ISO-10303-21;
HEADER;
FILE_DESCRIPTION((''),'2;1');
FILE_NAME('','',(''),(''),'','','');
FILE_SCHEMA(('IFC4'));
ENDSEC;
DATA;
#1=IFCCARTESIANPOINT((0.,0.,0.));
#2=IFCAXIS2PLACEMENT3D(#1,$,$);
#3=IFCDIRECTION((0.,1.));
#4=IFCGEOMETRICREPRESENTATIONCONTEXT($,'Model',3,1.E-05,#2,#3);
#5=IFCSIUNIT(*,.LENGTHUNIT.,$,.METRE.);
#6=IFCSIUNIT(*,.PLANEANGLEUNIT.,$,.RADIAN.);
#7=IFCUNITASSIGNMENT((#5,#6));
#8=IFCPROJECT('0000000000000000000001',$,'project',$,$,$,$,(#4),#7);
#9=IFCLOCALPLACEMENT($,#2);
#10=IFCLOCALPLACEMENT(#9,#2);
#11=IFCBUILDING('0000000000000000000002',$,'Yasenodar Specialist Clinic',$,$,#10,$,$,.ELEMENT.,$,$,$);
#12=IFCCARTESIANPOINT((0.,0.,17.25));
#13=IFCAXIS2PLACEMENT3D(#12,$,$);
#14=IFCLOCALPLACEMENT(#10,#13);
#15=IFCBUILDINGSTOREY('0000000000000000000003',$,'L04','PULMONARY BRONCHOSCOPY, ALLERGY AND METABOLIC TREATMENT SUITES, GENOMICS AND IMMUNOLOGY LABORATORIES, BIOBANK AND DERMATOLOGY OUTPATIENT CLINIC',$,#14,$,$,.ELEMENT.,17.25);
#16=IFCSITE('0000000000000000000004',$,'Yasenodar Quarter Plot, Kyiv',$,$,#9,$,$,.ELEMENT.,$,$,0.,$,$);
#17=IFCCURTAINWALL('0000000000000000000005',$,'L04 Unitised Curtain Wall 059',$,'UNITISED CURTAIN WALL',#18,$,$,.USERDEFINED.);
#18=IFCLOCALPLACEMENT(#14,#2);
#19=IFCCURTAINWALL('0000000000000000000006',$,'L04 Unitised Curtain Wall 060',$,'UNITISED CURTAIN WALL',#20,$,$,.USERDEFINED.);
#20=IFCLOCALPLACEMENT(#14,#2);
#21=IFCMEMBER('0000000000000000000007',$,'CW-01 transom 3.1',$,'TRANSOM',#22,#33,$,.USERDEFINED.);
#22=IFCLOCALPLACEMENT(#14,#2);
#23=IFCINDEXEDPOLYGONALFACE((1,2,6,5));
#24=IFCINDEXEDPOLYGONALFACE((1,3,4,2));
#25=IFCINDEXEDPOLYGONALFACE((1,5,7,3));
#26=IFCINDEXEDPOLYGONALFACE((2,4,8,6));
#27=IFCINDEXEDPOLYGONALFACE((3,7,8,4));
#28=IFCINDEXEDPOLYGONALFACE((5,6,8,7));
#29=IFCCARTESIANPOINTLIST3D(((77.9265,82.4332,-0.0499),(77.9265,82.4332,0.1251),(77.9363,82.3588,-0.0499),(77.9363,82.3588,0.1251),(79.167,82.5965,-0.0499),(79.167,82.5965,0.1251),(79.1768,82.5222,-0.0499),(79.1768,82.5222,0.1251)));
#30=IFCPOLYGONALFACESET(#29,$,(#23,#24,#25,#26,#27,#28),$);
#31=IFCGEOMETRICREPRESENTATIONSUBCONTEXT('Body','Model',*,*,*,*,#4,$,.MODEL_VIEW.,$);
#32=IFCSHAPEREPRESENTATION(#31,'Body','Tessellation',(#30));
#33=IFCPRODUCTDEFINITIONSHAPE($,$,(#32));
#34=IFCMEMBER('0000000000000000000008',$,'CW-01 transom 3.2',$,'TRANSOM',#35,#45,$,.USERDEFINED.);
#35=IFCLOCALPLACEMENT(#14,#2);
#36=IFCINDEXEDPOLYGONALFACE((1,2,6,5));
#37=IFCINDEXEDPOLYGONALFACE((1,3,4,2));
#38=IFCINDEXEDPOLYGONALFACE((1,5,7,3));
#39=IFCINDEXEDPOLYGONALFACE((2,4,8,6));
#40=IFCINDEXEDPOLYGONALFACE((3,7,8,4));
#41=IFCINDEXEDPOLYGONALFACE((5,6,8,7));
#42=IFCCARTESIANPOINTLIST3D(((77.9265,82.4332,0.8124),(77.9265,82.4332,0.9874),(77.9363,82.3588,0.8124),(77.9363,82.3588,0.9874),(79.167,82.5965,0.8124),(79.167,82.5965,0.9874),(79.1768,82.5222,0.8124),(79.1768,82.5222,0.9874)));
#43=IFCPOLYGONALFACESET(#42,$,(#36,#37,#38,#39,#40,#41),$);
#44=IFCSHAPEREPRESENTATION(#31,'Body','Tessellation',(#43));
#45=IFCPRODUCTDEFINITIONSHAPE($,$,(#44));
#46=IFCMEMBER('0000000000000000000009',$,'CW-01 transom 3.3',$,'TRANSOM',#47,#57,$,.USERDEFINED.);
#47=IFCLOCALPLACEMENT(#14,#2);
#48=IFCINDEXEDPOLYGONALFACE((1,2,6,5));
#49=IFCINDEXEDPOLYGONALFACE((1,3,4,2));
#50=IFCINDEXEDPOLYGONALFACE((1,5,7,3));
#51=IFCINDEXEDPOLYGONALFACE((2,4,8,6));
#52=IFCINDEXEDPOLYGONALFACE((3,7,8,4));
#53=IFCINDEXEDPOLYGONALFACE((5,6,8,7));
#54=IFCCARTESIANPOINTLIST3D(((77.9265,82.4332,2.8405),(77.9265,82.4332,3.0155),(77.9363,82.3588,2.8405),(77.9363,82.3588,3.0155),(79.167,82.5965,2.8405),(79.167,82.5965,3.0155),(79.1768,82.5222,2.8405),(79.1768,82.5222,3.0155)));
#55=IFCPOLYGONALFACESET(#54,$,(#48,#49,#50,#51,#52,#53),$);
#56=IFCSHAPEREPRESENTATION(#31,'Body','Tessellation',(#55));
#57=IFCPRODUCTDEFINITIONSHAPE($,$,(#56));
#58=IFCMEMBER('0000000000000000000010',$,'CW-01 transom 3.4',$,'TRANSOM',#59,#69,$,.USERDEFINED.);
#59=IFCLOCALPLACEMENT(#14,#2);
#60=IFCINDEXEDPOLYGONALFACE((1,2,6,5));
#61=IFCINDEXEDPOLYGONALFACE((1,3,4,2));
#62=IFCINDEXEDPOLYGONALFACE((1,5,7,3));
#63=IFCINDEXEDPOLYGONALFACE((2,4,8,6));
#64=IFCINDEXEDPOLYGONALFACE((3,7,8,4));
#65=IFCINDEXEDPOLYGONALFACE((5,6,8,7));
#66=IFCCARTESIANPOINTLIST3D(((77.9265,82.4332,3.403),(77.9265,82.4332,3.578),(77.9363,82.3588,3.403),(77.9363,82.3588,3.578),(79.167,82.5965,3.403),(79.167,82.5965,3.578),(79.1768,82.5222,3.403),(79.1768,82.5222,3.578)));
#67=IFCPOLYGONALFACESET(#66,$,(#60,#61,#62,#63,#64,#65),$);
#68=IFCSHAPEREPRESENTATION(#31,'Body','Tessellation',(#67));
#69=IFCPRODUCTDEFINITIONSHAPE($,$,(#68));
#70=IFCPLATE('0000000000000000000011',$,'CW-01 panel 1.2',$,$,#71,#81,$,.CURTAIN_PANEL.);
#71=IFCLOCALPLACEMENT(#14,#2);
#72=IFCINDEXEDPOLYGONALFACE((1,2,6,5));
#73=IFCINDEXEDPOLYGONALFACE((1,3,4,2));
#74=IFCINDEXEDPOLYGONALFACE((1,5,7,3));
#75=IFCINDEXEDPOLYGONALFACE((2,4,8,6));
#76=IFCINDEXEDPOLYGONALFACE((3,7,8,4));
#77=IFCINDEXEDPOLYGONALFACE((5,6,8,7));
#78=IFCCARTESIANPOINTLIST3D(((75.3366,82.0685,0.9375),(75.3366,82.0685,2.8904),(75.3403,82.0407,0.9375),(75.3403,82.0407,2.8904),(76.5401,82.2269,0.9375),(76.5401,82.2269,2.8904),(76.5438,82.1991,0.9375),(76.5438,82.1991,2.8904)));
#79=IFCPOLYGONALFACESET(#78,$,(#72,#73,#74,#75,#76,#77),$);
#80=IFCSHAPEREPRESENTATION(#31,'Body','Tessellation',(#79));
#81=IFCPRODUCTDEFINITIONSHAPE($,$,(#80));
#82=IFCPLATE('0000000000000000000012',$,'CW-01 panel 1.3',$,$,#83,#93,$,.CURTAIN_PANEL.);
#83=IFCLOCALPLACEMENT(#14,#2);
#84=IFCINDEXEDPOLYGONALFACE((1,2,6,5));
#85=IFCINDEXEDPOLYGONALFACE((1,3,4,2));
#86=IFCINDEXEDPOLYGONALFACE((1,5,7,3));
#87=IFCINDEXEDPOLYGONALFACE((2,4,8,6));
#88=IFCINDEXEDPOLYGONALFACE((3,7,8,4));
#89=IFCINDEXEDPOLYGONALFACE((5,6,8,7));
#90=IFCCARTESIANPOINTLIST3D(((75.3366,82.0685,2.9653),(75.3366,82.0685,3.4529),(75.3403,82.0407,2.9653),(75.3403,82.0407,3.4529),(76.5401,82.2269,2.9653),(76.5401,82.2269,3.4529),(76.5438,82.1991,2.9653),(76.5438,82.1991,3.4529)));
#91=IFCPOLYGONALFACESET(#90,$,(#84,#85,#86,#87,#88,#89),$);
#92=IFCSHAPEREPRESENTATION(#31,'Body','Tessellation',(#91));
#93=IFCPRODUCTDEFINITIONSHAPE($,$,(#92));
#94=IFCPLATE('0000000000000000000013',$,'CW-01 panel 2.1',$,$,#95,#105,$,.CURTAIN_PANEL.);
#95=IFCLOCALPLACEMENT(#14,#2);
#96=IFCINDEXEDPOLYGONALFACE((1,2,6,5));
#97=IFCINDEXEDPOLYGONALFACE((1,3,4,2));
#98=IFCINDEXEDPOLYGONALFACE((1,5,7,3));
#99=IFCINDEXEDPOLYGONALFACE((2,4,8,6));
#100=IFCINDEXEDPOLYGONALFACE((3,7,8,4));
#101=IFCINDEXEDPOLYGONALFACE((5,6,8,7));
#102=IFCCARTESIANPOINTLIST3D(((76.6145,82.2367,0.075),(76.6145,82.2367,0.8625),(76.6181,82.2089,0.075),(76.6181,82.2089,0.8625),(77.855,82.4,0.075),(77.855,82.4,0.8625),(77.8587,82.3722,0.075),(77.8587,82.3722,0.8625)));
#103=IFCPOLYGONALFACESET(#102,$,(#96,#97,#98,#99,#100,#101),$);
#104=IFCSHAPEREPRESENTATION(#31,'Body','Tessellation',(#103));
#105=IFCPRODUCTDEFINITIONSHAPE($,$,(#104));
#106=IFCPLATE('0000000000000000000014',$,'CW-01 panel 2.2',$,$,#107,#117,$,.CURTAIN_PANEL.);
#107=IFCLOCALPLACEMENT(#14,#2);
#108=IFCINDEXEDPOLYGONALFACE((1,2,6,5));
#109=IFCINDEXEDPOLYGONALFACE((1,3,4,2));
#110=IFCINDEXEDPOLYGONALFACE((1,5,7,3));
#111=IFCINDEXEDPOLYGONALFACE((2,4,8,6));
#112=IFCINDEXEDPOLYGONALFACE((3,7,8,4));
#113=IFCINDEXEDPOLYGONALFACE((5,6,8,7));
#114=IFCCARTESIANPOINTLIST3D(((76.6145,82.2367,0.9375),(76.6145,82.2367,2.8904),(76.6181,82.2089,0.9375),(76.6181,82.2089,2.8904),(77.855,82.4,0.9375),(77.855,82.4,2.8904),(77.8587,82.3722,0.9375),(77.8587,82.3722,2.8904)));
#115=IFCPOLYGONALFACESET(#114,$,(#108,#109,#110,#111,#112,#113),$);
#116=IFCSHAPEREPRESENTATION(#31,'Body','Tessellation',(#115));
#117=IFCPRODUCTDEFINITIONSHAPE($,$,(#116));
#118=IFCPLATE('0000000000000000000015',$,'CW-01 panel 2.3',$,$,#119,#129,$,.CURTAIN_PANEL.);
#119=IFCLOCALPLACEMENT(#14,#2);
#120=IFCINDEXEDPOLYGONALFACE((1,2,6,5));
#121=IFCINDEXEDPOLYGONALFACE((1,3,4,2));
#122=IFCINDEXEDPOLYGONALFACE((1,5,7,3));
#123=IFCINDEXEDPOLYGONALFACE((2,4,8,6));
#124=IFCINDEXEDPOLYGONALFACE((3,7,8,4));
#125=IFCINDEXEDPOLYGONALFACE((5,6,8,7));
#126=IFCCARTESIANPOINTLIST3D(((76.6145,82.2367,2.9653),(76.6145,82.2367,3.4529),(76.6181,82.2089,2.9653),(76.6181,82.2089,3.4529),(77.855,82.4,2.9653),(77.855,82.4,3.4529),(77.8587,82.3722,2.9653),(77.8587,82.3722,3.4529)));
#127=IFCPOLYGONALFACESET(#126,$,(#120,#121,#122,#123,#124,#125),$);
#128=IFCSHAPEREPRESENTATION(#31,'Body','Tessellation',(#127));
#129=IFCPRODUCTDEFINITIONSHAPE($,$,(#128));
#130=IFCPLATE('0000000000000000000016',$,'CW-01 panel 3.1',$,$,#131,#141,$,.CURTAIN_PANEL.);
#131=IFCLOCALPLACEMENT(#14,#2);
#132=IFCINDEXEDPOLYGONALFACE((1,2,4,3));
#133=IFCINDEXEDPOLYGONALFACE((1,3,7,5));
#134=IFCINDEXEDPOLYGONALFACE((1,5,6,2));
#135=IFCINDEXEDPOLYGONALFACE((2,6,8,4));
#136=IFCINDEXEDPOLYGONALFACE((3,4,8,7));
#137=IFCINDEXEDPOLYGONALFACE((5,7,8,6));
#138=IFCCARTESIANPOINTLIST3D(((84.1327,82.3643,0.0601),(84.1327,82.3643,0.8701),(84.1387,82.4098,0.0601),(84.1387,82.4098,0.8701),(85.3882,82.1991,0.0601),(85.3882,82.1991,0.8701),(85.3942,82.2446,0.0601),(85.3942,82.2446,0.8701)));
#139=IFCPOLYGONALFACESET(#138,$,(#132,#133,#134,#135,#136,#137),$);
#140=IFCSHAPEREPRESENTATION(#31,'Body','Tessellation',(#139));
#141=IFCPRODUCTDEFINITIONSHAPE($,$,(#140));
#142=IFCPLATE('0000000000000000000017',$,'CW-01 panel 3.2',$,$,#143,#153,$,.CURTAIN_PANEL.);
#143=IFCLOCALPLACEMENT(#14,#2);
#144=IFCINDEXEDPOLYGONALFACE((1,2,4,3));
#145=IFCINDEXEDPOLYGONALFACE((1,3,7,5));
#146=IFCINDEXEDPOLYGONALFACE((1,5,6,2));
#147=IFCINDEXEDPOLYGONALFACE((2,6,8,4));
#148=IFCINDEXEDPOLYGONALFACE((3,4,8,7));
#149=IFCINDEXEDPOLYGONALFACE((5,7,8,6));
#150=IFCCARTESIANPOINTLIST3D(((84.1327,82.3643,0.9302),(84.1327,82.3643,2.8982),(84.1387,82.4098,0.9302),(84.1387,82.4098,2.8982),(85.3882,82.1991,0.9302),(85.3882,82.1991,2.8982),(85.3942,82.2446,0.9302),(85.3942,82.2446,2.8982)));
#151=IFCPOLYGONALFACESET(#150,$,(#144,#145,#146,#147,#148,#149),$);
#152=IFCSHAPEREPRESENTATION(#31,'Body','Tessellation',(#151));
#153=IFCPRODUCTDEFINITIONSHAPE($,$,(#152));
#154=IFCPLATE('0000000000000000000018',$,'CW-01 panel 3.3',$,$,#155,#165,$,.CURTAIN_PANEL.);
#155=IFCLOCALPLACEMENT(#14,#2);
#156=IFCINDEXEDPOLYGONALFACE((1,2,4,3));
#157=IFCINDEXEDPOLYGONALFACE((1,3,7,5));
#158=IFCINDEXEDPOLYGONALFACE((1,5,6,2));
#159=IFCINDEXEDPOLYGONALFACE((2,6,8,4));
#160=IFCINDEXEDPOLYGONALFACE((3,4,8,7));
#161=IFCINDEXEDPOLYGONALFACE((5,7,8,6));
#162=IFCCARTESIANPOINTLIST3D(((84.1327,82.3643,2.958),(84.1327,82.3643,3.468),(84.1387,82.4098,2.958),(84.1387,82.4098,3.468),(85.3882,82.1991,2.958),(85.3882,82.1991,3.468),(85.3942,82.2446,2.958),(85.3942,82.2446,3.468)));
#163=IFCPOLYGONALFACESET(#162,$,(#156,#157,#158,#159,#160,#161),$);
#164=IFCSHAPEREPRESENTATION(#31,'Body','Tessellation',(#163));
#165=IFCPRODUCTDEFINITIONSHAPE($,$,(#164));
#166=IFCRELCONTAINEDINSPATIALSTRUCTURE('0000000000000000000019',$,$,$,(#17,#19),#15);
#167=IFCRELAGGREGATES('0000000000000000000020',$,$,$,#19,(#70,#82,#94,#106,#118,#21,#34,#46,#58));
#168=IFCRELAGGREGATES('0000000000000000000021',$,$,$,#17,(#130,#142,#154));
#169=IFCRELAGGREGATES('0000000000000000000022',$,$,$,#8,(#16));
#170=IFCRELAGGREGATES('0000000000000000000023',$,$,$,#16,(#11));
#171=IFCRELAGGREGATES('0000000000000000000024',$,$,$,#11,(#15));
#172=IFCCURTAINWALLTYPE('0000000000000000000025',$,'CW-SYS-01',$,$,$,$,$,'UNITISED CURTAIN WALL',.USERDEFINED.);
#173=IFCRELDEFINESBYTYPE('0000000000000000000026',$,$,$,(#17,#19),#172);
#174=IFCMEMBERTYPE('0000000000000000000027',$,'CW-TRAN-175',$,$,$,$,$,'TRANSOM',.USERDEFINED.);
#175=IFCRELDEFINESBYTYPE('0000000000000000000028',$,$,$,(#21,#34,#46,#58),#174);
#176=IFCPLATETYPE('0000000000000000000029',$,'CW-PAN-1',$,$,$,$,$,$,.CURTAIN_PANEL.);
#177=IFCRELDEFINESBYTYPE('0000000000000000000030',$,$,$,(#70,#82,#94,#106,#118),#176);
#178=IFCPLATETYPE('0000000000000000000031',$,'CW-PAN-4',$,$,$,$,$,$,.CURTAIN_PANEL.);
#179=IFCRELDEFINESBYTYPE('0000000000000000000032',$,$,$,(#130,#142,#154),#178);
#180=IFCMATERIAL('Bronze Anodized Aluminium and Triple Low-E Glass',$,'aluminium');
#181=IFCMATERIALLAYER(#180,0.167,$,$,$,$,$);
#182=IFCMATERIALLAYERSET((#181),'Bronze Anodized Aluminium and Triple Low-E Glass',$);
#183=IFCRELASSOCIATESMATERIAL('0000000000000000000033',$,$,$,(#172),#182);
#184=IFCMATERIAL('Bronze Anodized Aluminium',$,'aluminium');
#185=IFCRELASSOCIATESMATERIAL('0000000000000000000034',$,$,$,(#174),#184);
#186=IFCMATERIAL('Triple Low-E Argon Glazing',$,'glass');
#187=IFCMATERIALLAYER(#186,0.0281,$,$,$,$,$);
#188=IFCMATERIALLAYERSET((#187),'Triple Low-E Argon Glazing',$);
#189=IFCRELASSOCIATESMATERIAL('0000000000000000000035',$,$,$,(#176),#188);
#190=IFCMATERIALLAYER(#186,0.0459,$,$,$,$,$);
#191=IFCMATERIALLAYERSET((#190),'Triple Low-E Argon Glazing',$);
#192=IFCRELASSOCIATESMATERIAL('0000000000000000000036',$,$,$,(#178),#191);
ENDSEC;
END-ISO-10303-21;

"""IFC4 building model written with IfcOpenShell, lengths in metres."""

from ifc_helpers import new_model, si_unit, direction, frame, origin, origin_2d, place, context, subcontext, project, spatial, rectangle, extrude, material, layer, layer_set, material_profile, profile_set, type_object, element, aggregate, save


model = new_model("IFC4")

# Units and contexts
model_context = context("Model", 3, precision=1e-05, world=origin(), true_north=direction((0.0, 1.0)))
body_context = subcontext(model_context, "Body", "Model", "MODEL_VIEW")
ifc_project = project(units=[si_unit("LENGTHUNIT", "METRE"), si_unit("PLANEANGLEUNIT", "RADIAN")], contexts=[model_context])

# Site, building, storey
site_placement = place(None, origin())
site = spatial("IfcSite", under=ifc_project, at=site_placement, Name="Yasenodar Quarter Plot, Kyiv", CompositionType="ELEMENT", RefElevation=0.0)
building_placement = place(site_placement, origin())
building = spatial("IfcBuilding", under=site, at=building_placement, Name="Yasenodar Specialist Clinic", CompositionType="ELEMENT")
storey_placement = place(building_placement, frame((0.0, 0.0, 17.25)))
storey = spatial("IfcBuildingStorey", under=building, at=storey_placement, Name="L04", Description="PULMONARY BRONCHOSCOPY, ALLERGY AND METABOLIC TREATMENT SUITES, GENOMICS AND IMMUNOLOGY LABORATORIES, BIOBANK AND DERMATOLOGY OUTPATIENT CLINIC", CompositionType="ELEMENT", Elevation=17.25)

# Curtain walls
ifc_material_1 = material(Name="Bronze Anodized Aluminium and Triple Low-E Glass", Category="aluminium")
ifc_layer_1 = layer(ifc_material_1, 0.167)
ifc_layer_set_1 = layer_set([ifc_layer_1], Name="Bronze Anodized Aluminium and Triple Low-E Glass")
curtain_wall_type = type_object("IfcCurtainWallType", Name="CW-SYS-01", ElementType="UNITISED CURTAIN WALL", PredefinedType="USERDEFINED", material=ifc_layer_set_1)
curtain_wall_1_placement = place(storey_placement, origin())
curtain_wall_1 = element("IfcCurtainWall", 1, at=curtain_wall_1_placement, inside=storey, type_object=curtain_wall_type, Name="L04 Unitised Curtain Wall 059", ObjectType="UNITISED CURTAIN WALL", PredefinedType="USERDEFINED")
ifc_material_2 = material(Name="Bronze Anodized Aluminium", Category="aluminium")
curtain_wall_2_placement = place(storey_placement, origin())
curtain_wall_2 = element("IfcCurtainWall", 2, at=curtain_wall_2_placement, inside=storey, type_object=curtain_wall_type, Name="L04 Unitised Curtain Wall 060", ObjectType="UNITISED CURTAIN WALL", PredefinedType="USERDEFINED")

# Members
ifc_material_profile_1 = material_profile(ifc_material_2, rectangle(XDim=0.075, YDim=0.175, at=origin_2d()), Name="CW-TRAN 75x175")
ifc_profile_set_1 = profile_set([ifc_material_profile_1], Name="Bronze Anodized Aluminium")
member_type_1 = type_object("IfcMemberType", Name="CW-TRAN-175", ElementType="TRANSOM", PredefinedType="USERDEFINED", material=ifc_profile_set_1)
member_1_placement = place(storey_placement, frame((77.9314, 82.396, 0.0376), z_axis=(0.991443, 0.13054, 0.0), x_axis=(-0.13054, 0.991443, 0.0)))
member_1 = element("IfcMember", 3, at=member_1_placement, type_object=member_type_1, Name="CW-01 transom 3.1", ObjectType="TRANSOM", PredefinedType="USERDEFINED", context=body_context, shape_type="SweptSolid", body=[
    extrude(rectangle(XDim=0.075, YDim=0.175, at=origin_2d()), origin(), (0.0, 0.0, 1.0), 1.2512),
])
member_2_placement = place(storey_placement, frame((77.9314, 82.396, 0.8999), z_axis=(0.991443, 0.13054, 0.0), x_axis=(-0.13054, 0.991443, 0.0)))
member_2 = element("IfcMember", 4, at=member_2_placement, type_object=member_type_1, Name="CW-01 transom 3.2", ObjectType="TRANSOM", PredefinedType="USERDEFINED", context=body_context, shape_type="SweptSolid", body=[
    extrude(rectangle(XDim=0.075, YDim=0.175, at=origin_2d()), origin(), (0.0, 0.0, 1.0), 1.2512),
])
member_3_placement = place(storey_placement, frame((77.9314, 82.396, 2.928), z_axis=(0.991443, 0.13054, 0.0), x_axis=(-0.13054, 0.991443, 0.0)))
member_3 = element("IfcMember", 5, at=member_3_placement, type_object=member_type_1, Name="CW-01 transom 3.3", ObjectType="TRANSOM", PredefinedType="USERDEFINED", context=body_context, shape_type="SweptSolid", body=[
    extrude(rectangle(XDim=0.075, YDim=0.175, at=origin_2d()), origin(), (0.0, 0.0, 1.0), 1.2512),
])
member_4_placement = place(storey_placement, frame((77.9314, 82.396, 3.4905), z_axis=(0.991443, 0.13054, 0.0), x_axis=(-0.13054, 0.991443, 0.0)))
member_4 = element("IfcMember", 6, at=member_4_placement, type_object=member_type_1, Name="CW-01 transom 3.4", ObjectType="TRANSOM", PredefinedType="USERDEFINED", context=body_context, shape_type="SweptSolid", body=[
    extrude(rectangle(XDim=0.075, YDim=0.175, at=origin_2d()), origin(), (0.0, 0.0, 1.0), 1.2512),
])

# Plates
ifc_material_3 = material(Name="Triple Low-E Argon Glazing", Category="glass")
ifc_layer_2 = layer(ifc_material_3, 0.0281)
ifc_layer_set_2 = layer_set([ifc_layer_2], Name="Triple Low-E Argon Glazing")
plate_type_1 = type_object("IfcPlateType", Name="CW-PAN-1", PredefinedType="CURTAIN_PANEL", material=ifc_layer_set_2)
plate_1_placement = place(storey_placement, frame((75.9402, 82.1338, 0.9375), z_axis=(0.0, 0.0, 1.0), x_axis=(0.991447, 0.130512, 0.0)))
plate_1 = element("IfcPlate", 7, at=plate_1_placement, type_object=plate_type_1, Name="CW-01 panel 1.2", PredefinedType="CURTAIN_PANEL", context=body_context, shape_type="SweptSolid", body=[
    extrude(rectangle(XDim=1.2139, YDim=0.0281, at=origin_2d()), origin(), (0.0, 0.0, 1.0), 1.9529),
])
plate_2_placement = place(storey_placement, frame((75.9402, 82.1338, 2.9653), z_axis=(0.0, 0.0, 1.0), x_axis=(0.991447, 0.130512, 0.0)))
plate_2 = element("IfcPlate", 8, at=plate_2_placement, type_object=plate_type_1, Name="CW-01 panel 1.3", PredefinedType="CURTAIN_PANEL", context=body_context, shape_type="SweptSolid", body=[
    extrude(rectangle(XDim=1.2139, YDim=0.0281, at=origin_2d()), origin(), (0.0, 0.0, 1.0), 0.4875),
])
plate_3_placement = place(storey_placement, frame((77.2366, 82.3044, 0.075), z_axis=(0.0, 0.0, 1.0), x_axis=(0.991447, 0.130512, 0.0)))
plate_3 = element("IfcPlate", 9, at=plate_3_placement, type_object=plate_type_1, Name="CW-01 panel 2.1", PredefinedType="CURTAIN_PANEL", context=body_context, shape_type="SweptSolid", body=[
    extrude(rectangle(XDim=1.2512, YDim=0.0281, at=origin_2d()), origin(), (0.0, 0.0, 1.0), 0.7876),
])
plate_4_placement = place(storey_placement, frame((77.2366, 82.3044, 0.9375), z_axis=(0.0, 0.0, 1.0), x_axis=(0.991447, 0.130512, 0.0)))
plate_4 = element("IfcPlate", 10, at=plate_4_placement, type_object=plate_type_1, Name="CW-01 panel 2.2", PredefinedType="CURTAIN_PANEL", context=body_context, shape_type="SweptSolid", body=[
    extrude(rectangle(XDim=1.2512, YDim=0.0281, at=origin_2d()), origin(), (0.0, 0.0, 1.0), 1.9529),
])
plate_5_placement = place(storey_placement, frame((77.2366, 82.3044, 2.9653), z_axis=(0.0, 0.0, 1.0), x_axis=(0.991447, 0.130512, 0.0)))
plate_5 = element("IfcPlate", 11, at=plate_5_placement, type_object=plate_type_1, Name="CW-01 panel 2.3", PredefinedType="CURTAIN_PANEL", context=body_context, shape_type="SweptSolid", body=[
    extrude(rectangle(XDim=1.2512, YDim=0.0281, at=origin_2d()), origin(), (0.0, 0.0, 1.0), 0.4875),
])
aggregate(curtain_wall_2, [plate_1, plate_2, plate_3, plate_4, plate_5, member_1, member_2, member_3, member_4])
ifc_layer_3 = layer(ifc_material_3, 0.0459)
ifc_layer_set_3 = layer_set([ifc_layer_3], Name="Triple Low-E Argon Glazing")
plate_type_2 = type_object("IfcPlateType", Name="CW-PAN-4", PredefinedType="CURTAIN_PANEL", material=ifc_layer_set_3)
plate_6_placement = place(storey_placement, frame((84.7634, 82.3044, 0.0601), z_axis=(0.0, 0.0, 1.0), x_axis=(0.991447, -0.130512, 0.0)))
plate_6 = element("IfcPlate", 12, at=plate_6_placement, type_object=plate_type_2, Name="CW-01 panel 3.1", PredefinedType="CURTAIN_PANEL", context=body_context, shape_type="SweptSolid", body=[
    extrude(rectangle(XDim=1.2664, YDim=0.0459, at=origin_2d()), origin(), (0.0, 0.0, 1.0), 0.8101),
])
plate_7_placement = place(storey_placement, frame((84.7634, 82.3044, 0.9302), z_axis=(0.0, 0.0, 1.0), x_axis=(0.991447, -0.130512, 0.0)))
plate_7 = element("IfcPlate", 13, at=plate_7_placement, type_object=plate_type_2, Name="CW-01 panel 3.2", PredefinedType="CURTAIN_PANEL", context=body_context, shape_type="SweptSolid", body=[
    extrude(rectangle(XDim=1.2664, YDim=0.0459, at=origin_2d()), origin(), (0.0, 0.0, 1.0), 1.968),
])
plate_8_placement = place(storey_placement, frame((84.7634, 82.3044, 2.958), z_axis=(0.0, 0.0, 1.0), x_axis=(0.991447, -0.130512, 0.0)))
plate_8 = element("IfcPlate", 14, at=plate_8_placement, type_object=plate_type_2, Name="CW-01 panel 3.3", PredefinedType="CURTAIN_PANEL", context=body_context, shape_type="SweptSolid", body=[
    extrude(rectangle(XDim=1.2664, YDim=0.0459, at=origin_2d()), origin(), (0.0, 0.0, 1.0), 0.51),
])
aggregate(curtain_wall_1, [plate_6, plate_7, plate_8])

save(model, "model.ifc")
